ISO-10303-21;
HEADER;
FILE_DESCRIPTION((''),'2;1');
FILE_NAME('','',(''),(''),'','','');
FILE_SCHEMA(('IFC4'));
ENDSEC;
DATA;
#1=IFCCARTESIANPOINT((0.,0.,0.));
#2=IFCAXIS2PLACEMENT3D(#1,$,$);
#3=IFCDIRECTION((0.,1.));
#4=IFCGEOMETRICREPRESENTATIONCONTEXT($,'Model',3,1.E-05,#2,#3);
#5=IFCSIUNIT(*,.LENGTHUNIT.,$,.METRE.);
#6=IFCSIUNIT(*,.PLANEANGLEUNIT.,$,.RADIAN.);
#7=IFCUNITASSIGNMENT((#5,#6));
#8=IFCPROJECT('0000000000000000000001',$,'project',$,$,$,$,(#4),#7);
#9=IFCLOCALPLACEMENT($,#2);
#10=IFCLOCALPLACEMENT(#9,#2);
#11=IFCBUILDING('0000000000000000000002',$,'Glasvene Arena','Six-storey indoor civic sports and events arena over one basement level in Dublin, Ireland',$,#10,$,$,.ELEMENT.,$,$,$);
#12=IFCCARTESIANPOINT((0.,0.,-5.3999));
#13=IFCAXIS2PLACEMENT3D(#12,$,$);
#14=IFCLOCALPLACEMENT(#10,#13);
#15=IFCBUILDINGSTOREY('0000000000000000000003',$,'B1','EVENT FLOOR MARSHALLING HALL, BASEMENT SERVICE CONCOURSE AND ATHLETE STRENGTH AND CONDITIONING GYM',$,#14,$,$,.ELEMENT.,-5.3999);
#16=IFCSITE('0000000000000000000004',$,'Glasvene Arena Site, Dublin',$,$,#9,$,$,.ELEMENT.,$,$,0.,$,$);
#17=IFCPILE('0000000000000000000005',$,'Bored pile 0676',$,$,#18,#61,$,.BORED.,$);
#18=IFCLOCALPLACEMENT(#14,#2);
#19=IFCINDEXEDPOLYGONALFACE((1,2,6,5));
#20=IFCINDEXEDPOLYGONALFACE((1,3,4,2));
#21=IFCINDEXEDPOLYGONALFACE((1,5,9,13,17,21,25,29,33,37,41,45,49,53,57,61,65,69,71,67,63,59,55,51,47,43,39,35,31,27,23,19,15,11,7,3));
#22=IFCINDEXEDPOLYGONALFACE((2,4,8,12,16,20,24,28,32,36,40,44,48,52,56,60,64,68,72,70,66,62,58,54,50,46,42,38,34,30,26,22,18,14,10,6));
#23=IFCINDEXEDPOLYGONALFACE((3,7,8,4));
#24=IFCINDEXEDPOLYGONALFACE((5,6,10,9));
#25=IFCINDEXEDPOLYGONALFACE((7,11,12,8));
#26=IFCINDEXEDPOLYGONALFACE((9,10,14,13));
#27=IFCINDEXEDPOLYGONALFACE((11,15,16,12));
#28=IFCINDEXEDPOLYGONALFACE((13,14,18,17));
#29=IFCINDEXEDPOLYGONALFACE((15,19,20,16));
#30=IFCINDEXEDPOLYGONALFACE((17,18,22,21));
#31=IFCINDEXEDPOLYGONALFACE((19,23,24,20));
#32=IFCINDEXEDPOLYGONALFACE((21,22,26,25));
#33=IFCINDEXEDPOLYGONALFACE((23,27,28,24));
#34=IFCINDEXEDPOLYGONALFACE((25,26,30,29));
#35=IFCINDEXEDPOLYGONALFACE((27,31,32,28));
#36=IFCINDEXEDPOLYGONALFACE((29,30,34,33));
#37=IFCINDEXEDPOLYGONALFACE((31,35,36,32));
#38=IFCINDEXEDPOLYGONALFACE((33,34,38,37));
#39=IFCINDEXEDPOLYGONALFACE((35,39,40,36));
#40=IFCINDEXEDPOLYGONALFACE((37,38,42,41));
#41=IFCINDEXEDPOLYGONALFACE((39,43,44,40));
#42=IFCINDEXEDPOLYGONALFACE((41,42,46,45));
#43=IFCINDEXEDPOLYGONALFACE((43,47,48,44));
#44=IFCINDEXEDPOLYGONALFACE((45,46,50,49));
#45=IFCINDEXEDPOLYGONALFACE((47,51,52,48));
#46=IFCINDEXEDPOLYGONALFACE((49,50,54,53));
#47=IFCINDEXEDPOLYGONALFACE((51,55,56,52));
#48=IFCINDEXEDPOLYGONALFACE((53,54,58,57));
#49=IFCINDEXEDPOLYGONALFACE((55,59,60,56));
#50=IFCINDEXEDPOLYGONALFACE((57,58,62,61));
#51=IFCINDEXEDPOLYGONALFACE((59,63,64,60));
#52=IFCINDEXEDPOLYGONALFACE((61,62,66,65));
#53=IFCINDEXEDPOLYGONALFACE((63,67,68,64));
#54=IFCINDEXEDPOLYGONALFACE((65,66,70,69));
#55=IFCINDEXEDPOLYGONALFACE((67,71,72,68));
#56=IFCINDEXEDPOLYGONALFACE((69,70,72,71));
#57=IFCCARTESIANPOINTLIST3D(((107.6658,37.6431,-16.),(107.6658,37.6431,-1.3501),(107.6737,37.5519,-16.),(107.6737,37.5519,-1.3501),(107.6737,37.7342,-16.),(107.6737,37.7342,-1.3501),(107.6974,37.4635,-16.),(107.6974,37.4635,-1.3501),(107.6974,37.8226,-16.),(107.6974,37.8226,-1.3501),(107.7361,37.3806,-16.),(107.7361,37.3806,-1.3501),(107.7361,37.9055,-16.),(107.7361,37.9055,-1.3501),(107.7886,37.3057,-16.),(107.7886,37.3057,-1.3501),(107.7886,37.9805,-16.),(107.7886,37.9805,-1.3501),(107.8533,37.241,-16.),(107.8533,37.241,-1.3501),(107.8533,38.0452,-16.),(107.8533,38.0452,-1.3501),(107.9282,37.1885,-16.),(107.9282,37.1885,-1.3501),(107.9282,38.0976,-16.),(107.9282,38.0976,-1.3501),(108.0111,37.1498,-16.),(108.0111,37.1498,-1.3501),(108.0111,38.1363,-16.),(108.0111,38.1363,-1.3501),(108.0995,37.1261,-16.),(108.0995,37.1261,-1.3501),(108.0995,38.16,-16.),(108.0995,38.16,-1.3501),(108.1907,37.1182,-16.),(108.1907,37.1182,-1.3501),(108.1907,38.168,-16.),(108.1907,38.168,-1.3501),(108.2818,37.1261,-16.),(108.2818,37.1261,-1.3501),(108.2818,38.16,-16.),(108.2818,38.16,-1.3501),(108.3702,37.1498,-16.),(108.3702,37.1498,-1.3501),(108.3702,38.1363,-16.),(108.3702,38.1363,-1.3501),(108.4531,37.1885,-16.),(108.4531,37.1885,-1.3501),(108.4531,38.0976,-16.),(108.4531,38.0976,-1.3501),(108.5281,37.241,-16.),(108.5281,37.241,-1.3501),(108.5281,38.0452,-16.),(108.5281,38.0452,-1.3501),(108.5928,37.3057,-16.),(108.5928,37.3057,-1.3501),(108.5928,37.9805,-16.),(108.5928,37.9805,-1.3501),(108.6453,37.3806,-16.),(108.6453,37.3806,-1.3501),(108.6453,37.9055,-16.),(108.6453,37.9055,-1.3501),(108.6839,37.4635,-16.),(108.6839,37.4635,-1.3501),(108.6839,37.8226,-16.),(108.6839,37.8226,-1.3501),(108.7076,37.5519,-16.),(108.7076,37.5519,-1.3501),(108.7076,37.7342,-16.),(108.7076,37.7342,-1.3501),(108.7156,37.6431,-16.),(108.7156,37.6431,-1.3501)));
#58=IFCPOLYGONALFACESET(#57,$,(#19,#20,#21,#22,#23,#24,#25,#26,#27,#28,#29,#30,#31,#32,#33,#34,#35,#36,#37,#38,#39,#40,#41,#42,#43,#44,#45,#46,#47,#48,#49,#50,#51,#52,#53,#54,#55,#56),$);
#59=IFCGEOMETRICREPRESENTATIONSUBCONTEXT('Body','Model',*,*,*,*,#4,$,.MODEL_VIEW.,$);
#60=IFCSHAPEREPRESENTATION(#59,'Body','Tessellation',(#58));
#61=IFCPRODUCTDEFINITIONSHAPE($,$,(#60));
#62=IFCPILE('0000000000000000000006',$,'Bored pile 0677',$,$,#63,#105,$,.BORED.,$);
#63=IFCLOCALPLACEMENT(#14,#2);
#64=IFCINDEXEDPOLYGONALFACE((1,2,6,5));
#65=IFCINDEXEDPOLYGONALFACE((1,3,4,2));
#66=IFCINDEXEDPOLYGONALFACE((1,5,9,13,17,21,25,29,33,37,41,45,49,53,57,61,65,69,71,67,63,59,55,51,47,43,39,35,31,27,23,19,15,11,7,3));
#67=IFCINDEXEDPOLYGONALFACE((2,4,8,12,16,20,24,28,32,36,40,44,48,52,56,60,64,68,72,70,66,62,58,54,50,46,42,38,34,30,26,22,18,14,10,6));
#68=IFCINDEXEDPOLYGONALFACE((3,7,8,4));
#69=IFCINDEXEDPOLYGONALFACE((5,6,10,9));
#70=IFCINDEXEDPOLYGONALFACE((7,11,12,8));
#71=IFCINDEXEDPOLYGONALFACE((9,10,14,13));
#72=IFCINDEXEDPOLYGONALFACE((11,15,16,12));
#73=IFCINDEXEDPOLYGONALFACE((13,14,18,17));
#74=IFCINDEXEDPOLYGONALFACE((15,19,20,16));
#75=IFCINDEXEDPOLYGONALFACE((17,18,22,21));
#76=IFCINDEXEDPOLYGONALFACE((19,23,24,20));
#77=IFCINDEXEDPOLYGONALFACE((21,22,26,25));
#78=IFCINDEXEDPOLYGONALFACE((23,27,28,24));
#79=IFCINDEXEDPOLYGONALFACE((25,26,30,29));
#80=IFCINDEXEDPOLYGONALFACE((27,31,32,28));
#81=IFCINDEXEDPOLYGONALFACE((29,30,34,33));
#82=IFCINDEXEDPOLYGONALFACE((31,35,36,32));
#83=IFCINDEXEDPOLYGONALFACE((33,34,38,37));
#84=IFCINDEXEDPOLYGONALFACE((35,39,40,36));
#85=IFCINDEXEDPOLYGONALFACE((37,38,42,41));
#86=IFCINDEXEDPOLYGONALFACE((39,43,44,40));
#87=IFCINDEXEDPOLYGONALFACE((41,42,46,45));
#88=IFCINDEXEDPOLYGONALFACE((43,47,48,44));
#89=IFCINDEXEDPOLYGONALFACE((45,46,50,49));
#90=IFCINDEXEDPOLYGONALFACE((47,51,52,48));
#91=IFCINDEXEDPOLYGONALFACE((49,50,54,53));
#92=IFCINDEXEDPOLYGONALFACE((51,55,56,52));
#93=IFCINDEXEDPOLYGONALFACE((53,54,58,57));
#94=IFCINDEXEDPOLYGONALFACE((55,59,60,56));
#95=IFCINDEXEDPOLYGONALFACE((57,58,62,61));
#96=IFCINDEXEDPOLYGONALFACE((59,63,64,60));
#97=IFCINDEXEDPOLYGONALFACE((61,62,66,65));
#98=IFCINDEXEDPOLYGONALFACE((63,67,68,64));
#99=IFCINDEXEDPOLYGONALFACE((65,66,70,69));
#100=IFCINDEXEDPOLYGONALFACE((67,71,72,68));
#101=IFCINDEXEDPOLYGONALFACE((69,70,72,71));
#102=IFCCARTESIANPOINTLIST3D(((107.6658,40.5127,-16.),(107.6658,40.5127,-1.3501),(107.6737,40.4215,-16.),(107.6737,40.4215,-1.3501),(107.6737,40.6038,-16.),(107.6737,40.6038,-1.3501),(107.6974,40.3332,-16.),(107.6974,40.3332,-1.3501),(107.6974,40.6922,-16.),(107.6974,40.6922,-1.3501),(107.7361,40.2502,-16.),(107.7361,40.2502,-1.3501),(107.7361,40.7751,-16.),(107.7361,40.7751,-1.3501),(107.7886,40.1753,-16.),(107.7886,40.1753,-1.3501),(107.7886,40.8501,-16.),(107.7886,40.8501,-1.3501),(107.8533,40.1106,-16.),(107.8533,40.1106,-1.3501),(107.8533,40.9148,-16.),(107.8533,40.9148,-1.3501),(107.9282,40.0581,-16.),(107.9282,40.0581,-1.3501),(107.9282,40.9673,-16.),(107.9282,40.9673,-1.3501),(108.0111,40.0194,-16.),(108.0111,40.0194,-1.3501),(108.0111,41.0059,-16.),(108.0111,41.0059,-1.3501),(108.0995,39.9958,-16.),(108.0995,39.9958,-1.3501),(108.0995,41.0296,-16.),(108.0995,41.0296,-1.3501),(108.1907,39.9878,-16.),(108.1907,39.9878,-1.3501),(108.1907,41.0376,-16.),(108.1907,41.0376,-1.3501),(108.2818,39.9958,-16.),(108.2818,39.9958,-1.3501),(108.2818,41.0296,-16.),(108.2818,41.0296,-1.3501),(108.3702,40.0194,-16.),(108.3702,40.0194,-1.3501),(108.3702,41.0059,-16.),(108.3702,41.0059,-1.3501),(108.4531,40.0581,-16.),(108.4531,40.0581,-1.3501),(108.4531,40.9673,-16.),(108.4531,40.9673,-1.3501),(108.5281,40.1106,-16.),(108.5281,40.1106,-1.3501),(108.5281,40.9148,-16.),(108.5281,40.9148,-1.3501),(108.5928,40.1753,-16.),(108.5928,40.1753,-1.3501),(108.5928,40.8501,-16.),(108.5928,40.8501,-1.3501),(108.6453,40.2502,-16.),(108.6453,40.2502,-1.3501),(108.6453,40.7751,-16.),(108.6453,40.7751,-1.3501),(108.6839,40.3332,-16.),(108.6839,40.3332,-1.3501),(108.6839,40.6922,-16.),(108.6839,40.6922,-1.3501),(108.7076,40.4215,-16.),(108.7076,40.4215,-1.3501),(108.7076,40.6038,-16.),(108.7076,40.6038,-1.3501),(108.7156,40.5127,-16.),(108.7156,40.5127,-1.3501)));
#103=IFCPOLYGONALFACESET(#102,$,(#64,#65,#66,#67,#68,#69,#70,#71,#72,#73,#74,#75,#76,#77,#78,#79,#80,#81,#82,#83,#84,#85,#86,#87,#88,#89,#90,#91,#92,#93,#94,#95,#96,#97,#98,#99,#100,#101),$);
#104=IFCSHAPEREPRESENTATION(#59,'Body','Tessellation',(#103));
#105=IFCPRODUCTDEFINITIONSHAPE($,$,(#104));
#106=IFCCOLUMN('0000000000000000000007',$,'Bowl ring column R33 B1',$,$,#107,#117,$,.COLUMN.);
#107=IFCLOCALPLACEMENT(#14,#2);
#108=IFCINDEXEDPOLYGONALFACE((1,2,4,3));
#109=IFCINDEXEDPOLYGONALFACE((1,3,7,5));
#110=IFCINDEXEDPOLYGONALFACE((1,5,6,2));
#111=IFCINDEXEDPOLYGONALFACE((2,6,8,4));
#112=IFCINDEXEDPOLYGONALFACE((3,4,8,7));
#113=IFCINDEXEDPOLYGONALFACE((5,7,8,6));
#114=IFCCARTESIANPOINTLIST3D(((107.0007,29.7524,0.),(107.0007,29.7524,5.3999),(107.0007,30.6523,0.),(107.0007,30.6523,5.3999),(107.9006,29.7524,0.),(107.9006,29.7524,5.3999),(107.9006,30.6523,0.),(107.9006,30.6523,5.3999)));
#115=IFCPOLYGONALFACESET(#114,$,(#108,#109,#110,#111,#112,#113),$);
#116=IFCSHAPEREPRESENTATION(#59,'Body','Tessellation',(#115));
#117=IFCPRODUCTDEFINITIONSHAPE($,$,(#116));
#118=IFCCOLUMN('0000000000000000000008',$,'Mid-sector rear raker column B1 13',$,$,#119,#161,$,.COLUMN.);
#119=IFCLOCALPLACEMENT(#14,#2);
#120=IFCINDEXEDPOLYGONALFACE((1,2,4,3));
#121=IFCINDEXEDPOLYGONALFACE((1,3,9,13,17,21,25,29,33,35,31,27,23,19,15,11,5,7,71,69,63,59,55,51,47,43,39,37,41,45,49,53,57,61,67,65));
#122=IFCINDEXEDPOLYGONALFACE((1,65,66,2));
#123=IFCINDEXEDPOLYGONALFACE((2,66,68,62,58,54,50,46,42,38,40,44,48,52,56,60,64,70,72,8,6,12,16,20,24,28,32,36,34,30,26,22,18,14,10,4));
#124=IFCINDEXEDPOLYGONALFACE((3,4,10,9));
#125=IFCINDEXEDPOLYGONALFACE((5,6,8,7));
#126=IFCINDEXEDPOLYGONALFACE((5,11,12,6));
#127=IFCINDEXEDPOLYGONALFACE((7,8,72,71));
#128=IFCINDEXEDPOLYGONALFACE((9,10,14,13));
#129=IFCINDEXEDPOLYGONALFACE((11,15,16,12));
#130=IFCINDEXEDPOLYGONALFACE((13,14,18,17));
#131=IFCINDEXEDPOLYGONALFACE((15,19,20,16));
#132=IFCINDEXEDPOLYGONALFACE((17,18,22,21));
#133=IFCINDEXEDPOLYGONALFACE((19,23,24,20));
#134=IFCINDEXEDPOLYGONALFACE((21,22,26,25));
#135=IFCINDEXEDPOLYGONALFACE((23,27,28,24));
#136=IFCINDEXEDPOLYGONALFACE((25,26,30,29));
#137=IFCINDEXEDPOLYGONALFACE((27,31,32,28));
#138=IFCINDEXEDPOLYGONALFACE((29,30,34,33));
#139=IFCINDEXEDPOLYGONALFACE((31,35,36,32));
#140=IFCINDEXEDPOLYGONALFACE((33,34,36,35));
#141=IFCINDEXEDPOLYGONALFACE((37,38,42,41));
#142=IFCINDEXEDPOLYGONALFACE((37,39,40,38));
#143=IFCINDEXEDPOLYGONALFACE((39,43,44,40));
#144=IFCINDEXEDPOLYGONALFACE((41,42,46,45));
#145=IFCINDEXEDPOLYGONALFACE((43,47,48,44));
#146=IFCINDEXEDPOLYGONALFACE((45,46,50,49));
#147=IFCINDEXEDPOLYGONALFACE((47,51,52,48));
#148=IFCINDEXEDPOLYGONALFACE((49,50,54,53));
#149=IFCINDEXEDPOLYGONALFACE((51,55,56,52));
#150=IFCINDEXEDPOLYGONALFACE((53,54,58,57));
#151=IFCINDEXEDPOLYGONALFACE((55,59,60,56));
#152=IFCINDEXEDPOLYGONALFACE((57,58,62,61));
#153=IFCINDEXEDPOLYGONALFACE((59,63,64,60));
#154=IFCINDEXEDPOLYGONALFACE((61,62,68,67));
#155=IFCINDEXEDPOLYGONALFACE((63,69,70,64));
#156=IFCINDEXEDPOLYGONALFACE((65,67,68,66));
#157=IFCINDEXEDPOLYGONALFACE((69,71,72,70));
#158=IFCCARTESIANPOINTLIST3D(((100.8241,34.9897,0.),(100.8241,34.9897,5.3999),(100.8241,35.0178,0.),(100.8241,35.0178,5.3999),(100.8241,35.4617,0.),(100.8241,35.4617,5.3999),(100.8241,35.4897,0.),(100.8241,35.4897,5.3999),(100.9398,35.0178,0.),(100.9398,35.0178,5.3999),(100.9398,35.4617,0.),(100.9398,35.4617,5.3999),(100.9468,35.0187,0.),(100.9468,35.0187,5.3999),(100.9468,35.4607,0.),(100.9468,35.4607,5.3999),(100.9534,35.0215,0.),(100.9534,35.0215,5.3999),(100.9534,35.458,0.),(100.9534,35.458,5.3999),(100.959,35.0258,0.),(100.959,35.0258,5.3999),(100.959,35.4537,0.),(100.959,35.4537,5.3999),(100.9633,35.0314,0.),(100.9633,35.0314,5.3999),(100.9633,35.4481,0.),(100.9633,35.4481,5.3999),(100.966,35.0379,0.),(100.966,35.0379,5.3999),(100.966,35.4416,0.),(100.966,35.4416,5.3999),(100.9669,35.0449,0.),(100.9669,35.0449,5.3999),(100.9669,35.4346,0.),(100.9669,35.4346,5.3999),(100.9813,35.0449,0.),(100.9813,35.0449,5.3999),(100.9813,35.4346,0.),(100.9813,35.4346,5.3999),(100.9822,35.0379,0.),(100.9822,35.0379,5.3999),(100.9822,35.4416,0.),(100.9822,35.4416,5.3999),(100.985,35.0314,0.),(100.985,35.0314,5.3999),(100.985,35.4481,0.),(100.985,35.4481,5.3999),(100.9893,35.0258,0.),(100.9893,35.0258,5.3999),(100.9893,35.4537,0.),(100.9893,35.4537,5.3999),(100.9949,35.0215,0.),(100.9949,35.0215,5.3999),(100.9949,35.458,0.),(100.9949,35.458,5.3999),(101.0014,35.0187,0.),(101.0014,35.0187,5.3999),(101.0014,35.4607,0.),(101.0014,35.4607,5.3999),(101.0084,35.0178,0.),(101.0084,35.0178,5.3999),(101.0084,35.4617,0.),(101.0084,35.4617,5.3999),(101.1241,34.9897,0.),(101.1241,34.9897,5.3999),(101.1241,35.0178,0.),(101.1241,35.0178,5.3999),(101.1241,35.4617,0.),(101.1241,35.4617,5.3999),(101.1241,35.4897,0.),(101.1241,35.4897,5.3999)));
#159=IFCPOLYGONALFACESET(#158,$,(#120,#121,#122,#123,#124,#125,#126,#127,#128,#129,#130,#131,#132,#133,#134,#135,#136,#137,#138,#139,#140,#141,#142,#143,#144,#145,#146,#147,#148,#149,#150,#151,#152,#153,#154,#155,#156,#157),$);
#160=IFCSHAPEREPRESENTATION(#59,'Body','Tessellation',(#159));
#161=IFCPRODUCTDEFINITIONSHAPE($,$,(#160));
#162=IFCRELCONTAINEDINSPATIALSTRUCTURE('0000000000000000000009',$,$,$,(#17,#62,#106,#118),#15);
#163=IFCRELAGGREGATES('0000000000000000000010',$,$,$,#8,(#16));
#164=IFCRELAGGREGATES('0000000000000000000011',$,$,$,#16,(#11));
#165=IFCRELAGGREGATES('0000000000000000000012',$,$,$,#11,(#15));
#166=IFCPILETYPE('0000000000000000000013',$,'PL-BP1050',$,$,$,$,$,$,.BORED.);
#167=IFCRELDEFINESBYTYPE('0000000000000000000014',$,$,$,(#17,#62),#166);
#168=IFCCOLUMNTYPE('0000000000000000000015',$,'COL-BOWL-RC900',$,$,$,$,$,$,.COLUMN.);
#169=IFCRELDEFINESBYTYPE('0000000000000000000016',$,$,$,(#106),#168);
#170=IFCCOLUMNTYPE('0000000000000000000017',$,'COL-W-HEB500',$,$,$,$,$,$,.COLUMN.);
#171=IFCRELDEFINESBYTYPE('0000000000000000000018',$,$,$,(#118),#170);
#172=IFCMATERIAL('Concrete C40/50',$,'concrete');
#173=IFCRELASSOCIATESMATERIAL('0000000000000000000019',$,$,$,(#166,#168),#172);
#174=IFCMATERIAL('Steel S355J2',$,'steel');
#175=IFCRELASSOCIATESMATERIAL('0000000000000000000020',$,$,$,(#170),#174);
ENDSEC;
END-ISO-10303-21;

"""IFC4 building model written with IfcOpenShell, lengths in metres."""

from ifc_helpers import new_model, si_unit, direction, frame, origin, origin_2d, place, context, subcontext, project, spatial, rectangle, circle, i_section, extrude, material, material_profile, profile_set, type_object, element, save


model = new_model("IFC4")

# Units and contexts
model_context = context("Model", 3, precision=1e-05, world=origin(), true_north=direction((0.0, 1.0)))
body_context = subcontext(model_context, "Body", "Model", "MODEL_VIEW")
ifc_project = project(units=[si_unit("LENGTHUNIT", "METRE"), si_unit("PLANEANGLEUNIT", "RADIAN")], contexts=[model_context])

# Site, building, storey
site_placement = place(None, origin())
site = spatial("IfcSite", under=ifc_project, at=site_placement, Name="Glasvene Arena Site, Dublin", CompositionType="ELEMENT", RefElevation=0.0)
building_placement = place(site_placement, origin())
building = spatial("IfcBuilding", under=site, at=building_placement, Name="Glasvene Arena", Description="Six-storey indoor civic sports and events arena over one basement level in Dublin, Ireland", CompositionType="ELEMENT")
storey_placement = place(building_placement, frame((0.0, 0.0, -5.3999)))
storey = spatial("IfcBuildingStorey", under=building, at=storey_placement, Name="B1", Description="EVENT FLOOR MARSHALLING HALL, BASEMENT SERVICE CONCOURSE AND ATHLETE STRENGTH AND CONDITIONING GYM", CompositionType="ELEMENT", Elevation=-5.3999)

# Piles
ifc_material_1 = material(Name="Concrete C40/50", Category="concrete")
ifc_material_profile_1 = material_profile(ifc_material_1, circle(Radius=0.5249, at=origin_2d()), Name="BORED PILE 1050")
ifc_profile_set_1 = profile_set([ifc_material_profile_1], Name="Concrete C40/50")
pile_type = type_object("IfcPileType", Name="PL-BP1050", PredefinedType="BORED", material=ifc_profile_set_1)
for number, where, z_axis, x_axis, name in (
    (1, (108.1907, 37.6431, -1.3501), (0.0, 0.0, -1.0), (1.0, 0.0, 0.0), "Bored pile 0676"),
    (2, (108.1907, 40.5127, -1.3501), (0.0, 0.0, -1.0), (1.0, 0.0, 0.0), "Bored pile 0677"),
):
    element("IfcPile", number, at=place(storey_placement, frame(where, z_axis=z_axis, x_axis=x_axis)), inside=storey, type_object=pile_type, Name=name, PredefinedType="BORED", context=body_context, shape_type="SweptSolid", body=[
        extrude(circle(Radius=0.5249, at=origin_2d()), origin(), (0.0, 0.0, 1.0), 14.6499),
    ])

# Columns
ifc_material_profile_2 = material_profile(ifc_material_1, rectangle(XDim=0.8999, YDim=0.8999, at=origin_2d()), Name="RC 900x900")
ifc_profile_set_2 = profile_set([ifc_material_profile_2], Name="Concrete C40/50")
column_type_1 = type_object("IfcColumnType", Name="COL-BOWL-RC900", PredefinedType="COLUMN", material=ifc_profile_set_2)
column_1_placement = place(storey_placement, frame((107.4507, 30.2024, 0.0), z_axis=(0.0, 0.0, 1.0), x_axis=(1.0, 0.0, 0.0)))
element("IfcColumn", 3, at=column_1_placement, inside=storey, type_object=column_type_1, Name="Bowl ring column R33 B1", PredefinedType="COLUMN", context=body_context, shape_type="SweptSolid", body=[
    extrude(rectangle(XDim=0.8999, YDim=0.8999, at=origin_2d()), origin(), (0.0, 0.0, 1.0), 5.3999),
])
ifc_material_2 = material(Name="Steel S355J2", Category="steel")
ifc_material_profile_3 = material_profile(ifc_material_2, i_section(OverallWidth=0.3, OverallDepth=0.5, WebThickness=0.0144, FlangeThickness=0.0281, FilletRadius=0.0271, at=origin_2d()), Name="HEB 500")
ifc_profile_set_3 = profile_set([ifc_material_profile_3], Name="Steel S355J2")
column_type_2 = type_object("IfcColumnType", Name="COL-W-HEB500", PredefinedType="COLUMN", material=ifc_profile_set_3)
column_2_placement = place(storey_placement, frame((100.9741, 35.2397, 0.0), z_axis=(0.0, 0.0, 1.0), x_axis=(1.0, 0.0, 0.0)))
element("IfcColumn", 4, at=column_2_placement, inside=storey, type_object=column_type_2, Name="Mid-sector rear raker column B1 13", PredefinedType="COLUMN", context=body_context, shape_type="SweptSolid", body=[
    extrude(i_section(OverallWidth=0.3, OverallDepth=0.5, WebThickness=0.0144, FlangeThickness=0.0281, FilletRadius=0.0271, at=origin_2d()), origin(), (0.0, 0.0, 1.0), 5.3999),
])

save(model, "model.ifc")
